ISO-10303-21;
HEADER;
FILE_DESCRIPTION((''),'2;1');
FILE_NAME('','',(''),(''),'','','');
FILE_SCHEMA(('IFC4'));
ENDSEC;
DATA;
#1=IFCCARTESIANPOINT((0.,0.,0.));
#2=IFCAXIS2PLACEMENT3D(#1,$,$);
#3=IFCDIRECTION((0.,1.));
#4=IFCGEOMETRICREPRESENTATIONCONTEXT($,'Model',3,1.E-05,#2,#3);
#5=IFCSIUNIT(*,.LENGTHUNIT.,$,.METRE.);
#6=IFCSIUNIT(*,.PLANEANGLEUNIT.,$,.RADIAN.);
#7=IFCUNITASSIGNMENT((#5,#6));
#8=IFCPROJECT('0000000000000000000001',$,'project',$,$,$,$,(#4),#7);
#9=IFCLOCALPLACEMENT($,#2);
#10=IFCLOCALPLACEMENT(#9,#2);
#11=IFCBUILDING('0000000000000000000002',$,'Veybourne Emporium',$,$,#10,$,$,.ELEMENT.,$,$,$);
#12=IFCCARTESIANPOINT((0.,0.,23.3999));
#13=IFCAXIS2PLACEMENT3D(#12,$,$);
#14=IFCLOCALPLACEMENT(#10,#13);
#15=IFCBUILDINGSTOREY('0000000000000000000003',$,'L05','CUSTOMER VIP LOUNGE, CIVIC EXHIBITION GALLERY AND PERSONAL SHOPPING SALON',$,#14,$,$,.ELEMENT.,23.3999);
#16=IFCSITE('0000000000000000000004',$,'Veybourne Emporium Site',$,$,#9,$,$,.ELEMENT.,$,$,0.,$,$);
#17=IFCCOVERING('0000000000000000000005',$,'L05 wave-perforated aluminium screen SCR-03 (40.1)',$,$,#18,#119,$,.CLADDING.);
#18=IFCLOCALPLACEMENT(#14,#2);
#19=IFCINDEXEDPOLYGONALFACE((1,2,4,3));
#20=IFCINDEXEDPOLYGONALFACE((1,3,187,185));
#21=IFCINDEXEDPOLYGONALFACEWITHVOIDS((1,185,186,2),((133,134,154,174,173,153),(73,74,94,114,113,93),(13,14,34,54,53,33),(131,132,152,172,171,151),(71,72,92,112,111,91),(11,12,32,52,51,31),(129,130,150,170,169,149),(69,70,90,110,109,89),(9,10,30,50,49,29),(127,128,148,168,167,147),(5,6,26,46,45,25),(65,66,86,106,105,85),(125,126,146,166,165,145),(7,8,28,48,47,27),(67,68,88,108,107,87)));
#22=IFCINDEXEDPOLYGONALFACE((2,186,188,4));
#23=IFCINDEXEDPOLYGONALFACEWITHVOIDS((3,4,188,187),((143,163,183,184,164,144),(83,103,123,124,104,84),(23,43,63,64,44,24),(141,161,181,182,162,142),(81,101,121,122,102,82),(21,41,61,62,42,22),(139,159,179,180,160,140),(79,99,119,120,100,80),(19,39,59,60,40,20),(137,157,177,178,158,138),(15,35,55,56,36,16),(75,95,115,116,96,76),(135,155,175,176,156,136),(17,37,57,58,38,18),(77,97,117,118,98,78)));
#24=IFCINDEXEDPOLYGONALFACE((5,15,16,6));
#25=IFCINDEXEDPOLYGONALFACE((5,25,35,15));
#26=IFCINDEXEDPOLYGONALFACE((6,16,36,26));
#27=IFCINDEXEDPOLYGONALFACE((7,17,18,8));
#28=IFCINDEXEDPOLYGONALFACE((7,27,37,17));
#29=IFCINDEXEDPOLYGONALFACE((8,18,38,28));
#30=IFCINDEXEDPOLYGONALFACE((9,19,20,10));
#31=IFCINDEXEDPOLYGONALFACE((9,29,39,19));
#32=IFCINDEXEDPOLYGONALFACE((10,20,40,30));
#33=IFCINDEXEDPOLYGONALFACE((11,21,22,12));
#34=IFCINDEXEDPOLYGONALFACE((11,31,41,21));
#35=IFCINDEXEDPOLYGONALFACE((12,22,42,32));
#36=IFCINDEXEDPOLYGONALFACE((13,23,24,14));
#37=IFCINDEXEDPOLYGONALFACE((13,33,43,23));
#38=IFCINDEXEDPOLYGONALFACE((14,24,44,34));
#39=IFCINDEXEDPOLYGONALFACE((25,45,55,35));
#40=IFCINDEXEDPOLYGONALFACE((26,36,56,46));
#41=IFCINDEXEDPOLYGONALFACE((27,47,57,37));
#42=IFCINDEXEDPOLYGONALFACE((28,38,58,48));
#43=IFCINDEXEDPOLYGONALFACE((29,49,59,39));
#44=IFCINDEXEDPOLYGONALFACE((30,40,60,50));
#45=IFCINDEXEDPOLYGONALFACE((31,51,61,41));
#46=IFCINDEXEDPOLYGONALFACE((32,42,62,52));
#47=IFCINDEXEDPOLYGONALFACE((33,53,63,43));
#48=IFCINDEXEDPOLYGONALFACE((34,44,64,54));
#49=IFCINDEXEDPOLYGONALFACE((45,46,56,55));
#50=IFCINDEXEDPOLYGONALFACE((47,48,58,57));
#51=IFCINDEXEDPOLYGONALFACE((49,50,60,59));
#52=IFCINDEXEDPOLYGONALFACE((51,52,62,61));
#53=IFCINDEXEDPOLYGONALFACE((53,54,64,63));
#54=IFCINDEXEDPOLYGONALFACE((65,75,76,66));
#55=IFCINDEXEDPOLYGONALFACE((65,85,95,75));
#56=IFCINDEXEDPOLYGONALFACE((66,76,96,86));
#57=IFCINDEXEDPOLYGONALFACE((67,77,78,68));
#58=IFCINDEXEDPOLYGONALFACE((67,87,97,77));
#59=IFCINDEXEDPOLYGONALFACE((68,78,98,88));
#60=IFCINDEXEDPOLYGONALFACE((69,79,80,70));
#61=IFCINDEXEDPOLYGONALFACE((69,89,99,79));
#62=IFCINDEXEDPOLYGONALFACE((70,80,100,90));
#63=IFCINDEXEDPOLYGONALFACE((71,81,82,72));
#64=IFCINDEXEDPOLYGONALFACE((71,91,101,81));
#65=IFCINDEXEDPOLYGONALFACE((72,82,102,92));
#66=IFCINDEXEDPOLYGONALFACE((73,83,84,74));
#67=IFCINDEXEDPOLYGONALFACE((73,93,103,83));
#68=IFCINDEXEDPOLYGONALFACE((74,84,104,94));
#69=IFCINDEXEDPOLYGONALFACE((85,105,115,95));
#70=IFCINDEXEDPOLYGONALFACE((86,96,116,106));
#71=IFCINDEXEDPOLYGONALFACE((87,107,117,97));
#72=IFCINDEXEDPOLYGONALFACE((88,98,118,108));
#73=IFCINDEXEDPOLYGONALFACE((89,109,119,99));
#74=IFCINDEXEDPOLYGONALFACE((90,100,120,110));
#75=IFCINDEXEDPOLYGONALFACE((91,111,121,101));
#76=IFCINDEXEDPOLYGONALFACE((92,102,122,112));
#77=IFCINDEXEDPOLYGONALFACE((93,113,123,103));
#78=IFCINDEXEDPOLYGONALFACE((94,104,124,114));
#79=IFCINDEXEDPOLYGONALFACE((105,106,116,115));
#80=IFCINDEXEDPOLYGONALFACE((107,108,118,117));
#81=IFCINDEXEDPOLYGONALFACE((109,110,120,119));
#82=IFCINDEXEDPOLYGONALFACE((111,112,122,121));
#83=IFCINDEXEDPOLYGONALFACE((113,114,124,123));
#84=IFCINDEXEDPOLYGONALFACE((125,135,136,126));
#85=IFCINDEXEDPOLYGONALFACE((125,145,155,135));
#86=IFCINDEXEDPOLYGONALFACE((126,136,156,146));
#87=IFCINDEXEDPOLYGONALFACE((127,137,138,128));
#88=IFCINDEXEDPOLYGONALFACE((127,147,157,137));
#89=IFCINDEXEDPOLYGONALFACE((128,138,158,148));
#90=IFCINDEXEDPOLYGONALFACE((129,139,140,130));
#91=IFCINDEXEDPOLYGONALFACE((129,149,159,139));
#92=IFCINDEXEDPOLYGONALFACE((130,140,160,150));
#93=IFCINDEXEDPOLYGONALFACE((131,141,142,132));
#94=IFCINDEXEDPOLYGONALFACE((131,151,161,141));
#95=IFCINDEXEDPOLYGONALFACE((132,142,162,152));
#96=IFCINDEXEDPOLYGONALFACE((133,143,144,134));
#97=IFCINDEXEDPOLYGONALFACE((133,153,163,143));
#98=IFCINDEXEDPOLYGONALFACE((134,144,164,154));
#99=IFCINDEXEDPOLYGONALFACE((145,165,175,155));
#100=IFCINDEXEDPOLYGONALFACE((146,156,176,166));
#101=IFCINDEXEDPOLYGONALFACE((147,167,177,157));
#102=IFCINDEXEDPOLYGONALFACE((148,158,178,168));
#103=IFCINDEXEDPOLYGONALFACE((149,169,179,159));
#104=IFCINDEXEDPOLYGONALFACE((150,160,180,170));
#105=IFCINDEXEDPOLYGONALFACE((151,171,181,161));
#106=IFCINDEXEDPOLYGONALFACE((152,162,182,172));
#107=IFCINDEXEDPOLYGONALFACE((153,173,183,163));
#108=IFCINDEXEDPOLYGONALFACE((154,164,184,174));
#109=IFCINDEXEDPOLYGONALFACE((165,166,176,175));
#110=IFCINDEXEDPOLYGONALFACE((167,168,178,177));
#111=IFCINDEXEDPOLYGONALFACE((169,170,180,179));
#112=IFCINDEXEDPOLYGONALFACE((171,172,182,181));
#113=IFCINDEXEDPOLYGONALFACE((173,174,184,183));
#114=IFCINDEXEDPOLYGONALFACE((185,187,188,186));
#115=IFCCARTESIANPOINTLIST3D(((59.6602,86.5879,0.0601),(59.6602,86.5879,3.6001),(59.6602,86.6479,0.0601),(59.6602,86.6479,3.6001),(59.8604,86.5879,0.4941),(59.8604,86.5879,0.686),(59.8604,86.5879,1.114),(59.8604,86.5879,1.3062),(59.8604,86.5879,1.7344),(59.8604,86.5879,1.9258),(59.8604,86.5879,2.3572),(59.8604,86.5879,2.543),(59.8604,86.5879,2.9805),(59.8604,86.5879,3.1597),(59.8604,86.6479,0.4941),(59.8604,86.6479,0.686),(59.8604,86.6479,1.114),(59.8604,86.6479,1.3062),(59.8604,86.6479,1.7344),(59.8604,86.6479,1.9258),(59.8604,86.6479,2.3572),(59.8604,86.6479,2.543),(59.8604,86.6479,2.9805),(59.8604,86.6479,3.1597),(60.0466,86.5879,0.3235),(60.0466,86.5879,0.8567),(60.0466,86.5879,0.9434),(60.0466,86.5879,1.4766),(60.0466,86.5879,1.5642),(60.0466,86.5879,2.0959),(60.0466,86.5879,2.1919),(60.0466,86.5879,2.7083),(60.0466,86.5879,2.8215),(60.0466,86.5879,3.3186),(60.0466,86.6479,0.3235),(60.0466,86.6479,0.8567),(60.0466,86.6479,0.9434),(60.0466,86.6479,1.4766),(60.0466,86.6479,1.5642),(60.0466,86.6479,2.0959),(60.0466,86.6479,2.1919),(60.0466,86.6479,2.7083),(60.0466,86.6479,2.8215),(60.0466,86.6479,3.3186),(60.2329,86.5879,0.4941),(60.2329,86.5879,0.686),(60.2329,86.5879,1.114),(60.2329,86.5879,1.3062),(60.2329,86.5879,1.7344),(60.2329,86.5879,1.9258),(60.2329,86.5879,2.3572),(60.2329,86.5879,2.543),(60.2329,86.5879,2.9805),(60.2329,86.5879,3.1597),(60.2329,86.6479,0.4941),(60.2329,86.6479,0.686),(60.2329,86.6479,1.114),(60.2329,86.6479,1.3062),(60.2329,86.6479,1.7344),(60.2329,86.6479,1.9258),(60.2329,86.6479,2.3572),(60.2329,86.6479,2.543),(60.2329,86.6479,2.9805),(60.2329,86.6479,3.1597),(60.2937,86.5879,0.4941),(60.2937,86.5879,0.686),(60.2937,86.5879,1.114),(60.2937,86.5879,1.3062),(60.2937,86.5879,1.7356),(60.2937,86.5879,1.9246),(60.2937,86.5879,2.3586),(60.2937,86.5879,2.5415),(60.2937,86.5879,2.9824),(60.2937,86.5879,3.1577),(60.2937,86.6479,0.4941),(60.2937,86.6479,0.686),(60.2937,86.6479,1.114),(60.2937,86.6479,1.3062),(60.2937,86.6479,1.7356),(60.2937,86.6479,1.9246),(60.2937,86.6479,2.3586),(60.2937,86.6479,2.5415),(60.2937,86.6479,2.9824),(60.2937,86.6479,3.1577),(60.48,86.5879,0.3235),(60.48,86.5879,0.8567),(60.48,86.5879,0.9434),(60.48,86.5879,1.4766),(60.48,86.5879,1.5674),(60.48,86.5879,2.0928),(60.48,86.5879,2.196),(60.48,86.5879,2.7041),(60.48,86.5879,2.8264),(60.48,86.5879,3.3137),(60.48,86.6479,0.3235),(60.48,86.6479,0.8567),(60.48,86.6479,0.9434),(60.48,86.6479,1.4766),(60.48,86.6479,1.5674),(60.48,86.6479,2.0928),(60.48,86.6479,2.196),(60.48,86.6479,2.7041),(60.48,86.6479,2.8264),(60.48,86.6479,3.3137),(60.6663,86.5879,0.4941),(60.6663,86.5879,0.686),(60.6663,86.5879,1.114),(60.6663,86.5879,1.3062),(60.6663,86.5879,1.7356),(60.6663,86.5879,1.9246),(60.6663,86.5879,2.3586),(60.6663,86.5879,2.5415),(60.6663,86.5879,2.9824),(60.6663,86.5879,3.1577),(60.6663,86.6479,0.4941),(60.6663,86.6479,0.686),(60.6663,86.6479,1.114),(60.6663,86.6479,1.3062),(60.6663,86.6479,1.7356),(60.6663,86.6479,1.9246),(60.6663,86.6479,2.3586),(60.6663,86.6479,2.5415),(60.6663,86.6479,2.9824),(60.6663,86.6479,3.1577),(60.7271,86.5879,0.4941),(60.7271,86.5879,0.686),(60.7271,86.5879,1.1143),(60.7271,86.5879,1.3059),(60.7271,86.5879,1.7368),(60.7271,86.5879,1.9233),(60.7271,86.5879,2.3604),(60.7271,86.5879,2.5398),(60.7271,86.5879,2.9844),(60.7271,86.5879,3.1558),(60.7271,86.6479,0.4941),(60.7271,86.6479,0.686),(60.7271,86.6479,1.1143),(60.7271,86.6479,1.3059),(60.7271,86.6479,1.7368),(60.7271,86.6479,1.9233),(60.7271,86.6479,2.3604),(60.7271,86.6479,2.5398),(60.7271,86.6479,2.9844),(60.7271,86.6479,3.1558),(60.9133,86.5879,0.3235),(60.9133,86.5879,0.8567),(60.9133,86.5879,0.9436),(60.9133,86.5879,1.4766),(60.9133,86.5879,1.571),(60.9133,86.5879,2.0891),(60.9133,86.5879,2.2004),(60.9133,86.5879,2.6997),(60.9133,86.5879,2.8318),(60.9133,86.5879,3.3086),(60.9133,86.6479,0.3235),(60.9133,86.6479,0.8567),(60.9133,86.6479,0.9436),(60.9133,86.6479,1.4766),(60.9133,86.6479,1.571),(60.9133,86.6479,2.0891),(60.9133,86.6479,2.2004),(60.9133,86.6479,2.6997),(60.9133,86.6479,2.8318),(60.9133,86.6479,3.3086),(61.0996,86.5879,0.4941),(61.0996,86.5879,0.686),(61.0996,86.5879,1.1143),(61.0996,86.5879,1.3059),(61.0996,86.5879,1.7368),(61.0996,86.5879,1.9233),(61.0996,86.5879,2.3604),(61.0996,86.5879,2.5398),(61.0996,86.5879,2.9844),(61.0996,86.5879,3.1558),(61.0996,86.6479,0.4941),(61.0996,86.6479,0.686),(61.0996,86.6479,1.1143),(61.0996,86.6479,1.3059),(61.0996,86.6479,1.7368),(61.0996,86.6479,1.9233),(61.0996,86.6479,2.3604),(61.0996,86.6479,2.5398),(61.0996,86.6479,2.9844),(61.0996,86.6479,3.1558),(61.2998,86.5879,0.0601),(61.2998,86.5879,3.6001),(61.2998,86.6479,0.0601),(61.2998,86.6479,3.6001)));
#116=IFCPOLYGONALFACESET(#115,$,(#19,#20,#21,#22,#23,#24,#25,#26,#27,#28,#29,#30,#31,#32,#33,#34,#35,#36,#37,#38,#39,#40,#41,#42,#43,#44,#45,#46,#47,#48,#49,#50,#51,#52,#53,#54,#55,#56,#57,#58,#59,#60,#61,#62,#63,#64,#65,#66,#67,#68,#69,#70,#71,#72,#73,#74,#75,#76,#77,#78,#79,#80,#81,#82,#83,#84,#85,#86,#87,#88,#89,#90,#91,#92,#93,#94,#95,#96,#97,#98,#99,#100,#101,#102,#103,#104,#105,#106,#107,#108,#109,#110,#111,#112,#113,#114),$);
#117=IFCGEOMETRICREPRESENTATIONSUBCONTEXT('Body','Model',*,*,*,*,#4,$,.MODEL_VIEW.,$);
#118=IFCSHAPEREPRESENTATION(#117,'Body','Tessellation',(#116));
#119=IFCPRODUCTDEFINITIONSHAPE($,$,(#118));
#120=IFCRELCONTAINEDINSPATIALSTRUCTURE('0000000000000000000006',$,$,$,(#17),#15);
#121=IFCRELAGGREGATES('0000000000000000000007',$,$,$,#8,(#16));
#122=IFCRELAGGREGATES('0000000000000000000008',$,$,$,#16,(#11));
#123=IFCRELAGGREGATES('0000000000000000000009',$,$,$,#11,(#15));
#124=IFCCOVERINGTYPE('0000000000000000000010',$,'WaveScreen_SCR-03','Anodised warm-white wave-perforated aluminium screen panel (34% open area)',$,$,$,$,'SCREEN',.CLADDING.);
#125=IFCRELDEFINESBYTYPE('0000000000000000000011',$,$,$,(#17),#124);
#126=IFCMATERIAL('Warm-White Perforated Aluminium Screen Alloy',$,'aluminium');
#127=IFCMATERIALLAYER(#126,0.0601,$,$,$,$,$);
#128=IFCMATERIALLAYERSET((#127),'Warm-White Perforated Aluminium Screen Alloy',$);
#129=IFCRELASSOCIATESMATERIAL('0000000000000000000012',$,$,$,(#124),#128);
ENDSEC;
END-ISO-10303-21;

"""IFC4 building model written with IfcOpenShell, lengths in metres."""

from ifc_helpers import new_model, si_unit, direction, frame, origin, place, context, subcontext, project, spatial, polyline, outline, extrude, material, layer, layer_set, type_object, element, save


model = new_model("IFC4")

# Units and contexts
model_context = context("Model", 3, precision=1e-05, world=origin(), true_north=direction((0.0, 1.0)))
body_context = subcontext(model_context, "Body", "Model", "MODEL_VIEW")
ifc_project = project(units=[si_unit("LENGTHUNIT", "METRE"), si_unit("PLANEANGLEUNIT", "RADIAN")], contexts=[model_context])

# Site, building, storey
site_placement = place(None, origin())
site = spatial("IfcSite", under=ifc_project, at=site_placement, Name="Veybourne Emporium Site", CompositionType="ELEMENT", RefElevation=0.0)
building_placement = place(site_placement, origin())
building = spatial("IfcBuilding", under=site, at=building_placement, Name="Veybourne Emporium", CompositionType="ELEMENT")
storey_placement = place(building_placement, frame((0.0, 0.0, 23.3999)))
storey = spatial("IfcBuildingStorey", under=building, at=storey_placement, Name="L05", Description="CUSTOMER VIP LOUNGE, CIVIC EXHIBITION GALLERY AND PERSONAL SHOPPING SALON", CompositionType="ELEMENT", Elevation=23.3999)

# Covering
ifc_material_1 = material(Name="Warm-White Perforated Aluminium Screen Alloy", Category="aluminium")
ifc_layer_1 = layer(ifc_material_1, 0.0601)
ifc_layer_set_1 = layer_set([ifc_layer_1], Name="Warm-White Perforated Aluminium Screen Alloy")
covering_type_1 = type_object("IfcCoveringType", Name="WaveScreen_SCR-03", Description="Anodised warm-white wave-perforated aluminium screen panel (34% open area)", ElementType="SCREEN", PredefinedType="CLADDING", material=ifc_layer_set_1)
covering_1_placement = place(storey_placement, frame((60.48, 86.6479, 1.8301), z_axis=(0.0, -1.0, 0.0), x_axis=(1.0, 0.0, 0.0)))
element("IfcCovering", 1, at=covering_1_placement, inside=storey, type_object=covering_type_1, Name="L05 wave-perforated aluminium screen SCR-03 (40.1)", PredefinedType="CLADDING", context=body_context, shape_type="SweptSolid", body=[
    extrude(outline(polyline([(-0.8198, -1.77), (0.8198, -1.77), (0.8198, 1.77), (-0.8198, 1.77), (-0.8198, -1.77)]), holes=[polyline([(-0.4333, -0.9734), (-0.2471, -1.144), (-0.2471, -1.3359), (-0.4333, -1.5066), (-0.6196, -1.3359), (-0.6196, -1.144), (-0.4333, -0.9734)]), polyline([(-0.4333, -0.3535), (-0.2471, -0.5239), (-0.2471, -0.7161), (-0.4333, -0.8867), (-0.6196, -0.7161), (-0.6196, -0.5239), (-0.4333, -0.3535)]), polyline([(-0.4333, 0.2659), (-0.2471, 0.0957), (-0.2471, -0.0957), (-0.4333, -0.2659), (-0.6196, -0.0957), (-0.6196, 0.0957), (-0.4333, 0.2659)]), polyline([(-0.4333, 0.8782), (-0.2471, 0.7129), (-0.2471, 0.5271), (-0.4333, 0.3618), (-0.6196, 0.5271), (-0.6196, 0.7129), (-0.4333, 0.8782)]), polyline([(-0.4333, 1.4885), (-0.2471, 1.3296), (-0.2471, 1.1504), (-0.4333, 0.9915), (-0.6196, 1.1504), (-0.6196, 1.3296), (-0.4333, 1.4885)]), polyline([(0.0, -0.9734), (0.1863, -1.144), (0.1863, -1.3359), (0.0, -1.5066), (-0.1863, -1.3359), (-0.1863, -1.144), (0.0, -0.9734)]), polyline([(0.0, -0.3535), (0.1863, -0.5239), (0.1863, -0.7161), (0.0, -0.8867), (-0.1863, -0.7161), (-0.1863, -0.5239), (0.0, -0.3535)]), polyline([(0.0, 0.2627), (0.1863, 0.0945), (0.1863, -0.0945), (0.0, -0.2627), (-0.1863, -0.0945), (-0.1863, 0.0945), (0.0, 0.2627)]), polyline([(0.0, 0.874), (0.1863, 0.7114), (0.1863, 0.5286), (0.0, 0.366), (-0.1863, 0.5286), (-0.1863, 0.7114), (0.0, 0.874)]), polyline([(0.0, 1.4836), (0.1863, 1.3276), (0.1863, 1.1523), (0.0, 0.9963), (-0.1863, 1.1523), (-0.1863, 1.3276), (0.0, 1.4836)]), polyline([(0.4333, -0.9734), (0.6196, -1.144), (0.6196, -1.3359), (0.4333, -1.5066), (0.2471, -1.3359), (0.2471, -1.144), (0.4333, -0.9734)]), polyline([(0.4333, -0.3535), (0.6196, -0.5242), (0.6196, -0.7158), (0.4333, -0.8865), (0.2471, -0.7158), (0.2471, -0.5242), (0.4333, -0.3535)]), polyline([(0.4333, 0.259), (0.6196, 0.0933), (0.6196, -0.0933), (0.4333, -0.259), (0.2471, -0.0933), (0.2471, 0.0933), (0.4333, 0.259)]), polyline([(0.4333, 0.8696), (0.6196, 0.7097), (0.6196, 0.5303), (0.4333, 0.3704), (0.2471, 0.5303), (0.2471, 0.7097), (0.4333, 0.8696)]), polyline([(0.4333, 1.4785), (0.6196, 1.3257), (0.6196, 1.1543), (0.4333, 1.0017), (0.2471, 1.1543), (0.2471, 1.3257), (0.4333, 1.4785)])]), origin(), (0.0, 0.0, 1.0), 0.0601),
])

save(model, "model.ifc")
